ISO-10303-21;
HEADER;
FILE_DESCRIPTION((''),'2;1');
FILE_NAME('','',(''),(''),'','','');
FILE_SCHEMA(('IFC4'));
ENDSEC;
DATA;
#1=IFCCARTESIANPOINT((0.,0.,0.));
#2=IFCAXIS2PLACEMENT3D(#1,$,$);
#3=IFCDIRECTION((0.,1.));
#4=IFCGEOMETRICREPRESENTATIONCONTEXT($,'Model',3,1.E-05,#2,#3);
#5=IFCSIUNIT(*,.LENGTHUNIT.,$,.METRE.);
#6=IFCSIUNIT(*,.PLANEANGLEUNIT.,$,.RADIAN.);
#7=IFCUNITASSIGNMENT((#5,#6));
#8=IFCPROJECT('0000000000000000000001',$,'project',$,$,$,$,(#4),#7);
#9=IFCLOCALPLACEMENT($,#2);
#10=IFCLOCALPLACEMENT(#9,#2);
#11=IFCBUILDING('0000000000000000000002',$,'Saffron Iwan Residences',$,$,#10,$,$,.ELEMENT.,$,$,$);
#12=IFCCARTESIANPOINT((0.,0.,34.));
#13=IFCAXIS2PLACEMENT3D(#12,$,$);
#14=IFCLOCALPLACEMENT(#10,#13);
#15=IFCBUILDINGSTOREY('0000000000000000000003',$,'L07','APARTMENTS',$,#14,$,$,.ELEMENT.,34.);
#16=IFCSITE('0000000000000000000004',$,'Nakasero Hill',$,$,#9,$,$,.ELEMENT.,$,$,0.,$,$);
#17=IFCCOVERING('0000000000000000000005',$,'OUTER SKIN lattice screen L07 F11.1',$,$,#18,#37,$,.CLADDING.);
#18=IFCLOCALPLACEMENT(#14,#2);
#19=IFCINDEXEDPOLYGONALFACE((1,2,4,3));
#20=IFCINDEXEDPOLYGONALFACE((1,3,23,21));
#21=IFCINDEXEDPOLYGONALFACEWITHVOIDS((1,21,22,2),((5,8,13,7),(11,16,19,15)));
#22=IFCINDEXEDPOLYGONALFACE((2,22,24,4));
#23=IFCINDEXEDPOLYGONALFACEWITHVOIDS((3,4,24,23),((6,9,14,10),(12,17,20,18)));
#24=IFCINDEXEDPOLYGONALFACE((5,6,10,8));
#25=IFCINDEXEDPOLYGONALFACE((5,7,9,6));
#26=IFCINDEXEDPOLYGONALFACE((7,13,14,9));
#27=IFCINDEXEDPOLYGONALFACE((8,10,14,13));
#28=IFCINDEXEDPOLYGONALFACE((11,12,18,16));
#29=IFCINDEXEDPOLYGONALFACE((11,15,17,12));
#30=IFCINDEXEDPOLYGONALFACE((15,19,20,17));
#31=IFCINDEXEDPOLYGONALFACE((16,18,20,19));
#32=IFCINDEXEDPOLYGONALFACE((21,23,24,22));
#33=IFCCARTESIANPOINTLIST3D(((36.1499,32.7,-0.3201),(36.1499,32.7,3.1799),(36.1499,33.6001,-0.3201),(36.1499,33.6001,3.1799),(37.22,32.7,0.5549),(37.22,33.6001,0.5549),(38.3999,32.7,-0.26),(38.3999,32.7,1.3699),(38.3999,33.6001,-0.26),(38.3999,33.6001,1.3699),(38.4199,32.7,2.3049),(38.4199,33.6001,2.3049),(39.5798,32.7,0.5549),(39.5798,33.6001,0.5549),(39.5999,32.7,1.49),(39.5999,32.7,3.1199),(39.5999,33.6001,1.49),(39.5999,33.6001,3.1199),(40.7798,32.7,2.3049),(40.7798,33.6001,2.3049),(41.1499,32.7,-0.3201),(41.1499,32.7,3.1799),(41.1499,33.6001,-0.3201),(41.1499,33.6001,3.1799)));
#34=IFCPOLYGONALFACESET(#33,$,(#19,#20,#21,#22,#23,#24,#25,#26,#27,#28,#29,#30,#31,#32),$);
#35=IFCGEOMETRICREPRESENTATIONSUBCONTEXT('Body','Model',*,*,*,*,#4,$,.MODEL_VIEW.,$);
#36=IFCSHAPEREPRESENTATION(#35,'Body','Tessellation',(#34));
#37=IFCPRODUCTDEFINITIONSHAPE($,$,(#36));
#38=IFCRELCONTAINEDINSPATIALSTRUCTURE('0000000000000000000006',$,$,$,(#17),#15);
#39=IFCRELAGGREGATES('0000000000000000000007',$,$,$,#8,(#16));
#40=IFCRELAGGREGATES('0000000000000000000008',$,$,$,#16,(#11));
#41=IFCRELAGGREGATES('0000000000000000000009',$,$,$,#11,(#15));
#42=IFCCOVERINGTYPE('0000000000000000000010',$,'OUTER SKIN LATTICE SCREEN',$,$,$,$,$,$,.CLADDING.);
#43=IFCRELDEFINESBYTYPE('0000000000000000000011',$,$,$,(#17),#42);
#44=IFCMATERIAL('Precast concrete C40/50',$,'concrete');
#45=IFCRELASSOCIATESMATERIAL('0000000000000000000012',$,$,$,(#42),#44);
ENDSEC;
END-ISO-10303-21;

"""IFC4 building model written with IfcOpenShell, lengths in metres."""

from ifc_helpers import new_model, si_unit, direction, frame, origin, place, context, subcontext, project, spatial, polyline, outline, extrude, material, type_object, element, save


model = new_model("IFC4")

# Units and contexts
model_context = context("Model", 3, precision=1e-05, world=origin(), true_north=direction((0.0, 1.0)))
body_context = subcontext(model_context, "Body", "Model", "MODEL_VIEW")
ifc_project = project(units=[si_unit("LENGTHUNIT", "METRE"), si_unit("PLANEANGLEUNIT", "RADIAN")], contexts=[model_context])

# Site, building, storey
site_placement = place(None, origin())
site = spatial("IfcSite", under=ifc_project, at=site_placement, Name="Nakasero Hill", CompositionType="ELEMENT", RefElevation=0.0)
building_placement = place(site_placement, origin())
building = spatial("IfcBuilding", under=site, at=building_placement, Name="Saffron Iwan Residences", CompositionType="ELEMENT")
storey_placement = place(building_placement, frame((0.0, 0.0, 34.0)))
storey = spatial("IfcBuildingStorey", under=building, at=storey_placement, Name="L07", Description="APARTMENTS", CompositionType="ELEMENT", Elevation=34.0)

# Covering
ifc_material_1 = material(Name="Precast concrete C40/50", Category="concrete")
covering_type_1 = type_object("IfcCoveringType", Name="OUTER SKIN LATTICE SCREEN", PredefinedType="CLADDING", material=ifc_material_1)
covering_1_placement = place(storey_placement, frame((36.1499, 33.6001, -0.3201), z_axis=(0.0, -1.0, 0.0), x_axis=(1.0, 0.0, 0.0)))
element("IfcCovering", 1, at=covering_1_placement, inside=storey, type_object=covering_type_1, Name="OUTER SKIN lattice screen L07 F11.1", PredefinedType="CLADDING", context=body_context, shape_type="SweptSolid", body=[
    extrude(outline(polyline([(0.0, 0.0), (5.0, 0.0), (5.0, 3.5), (0.0, 3.5), (0.0, 0.0)]), holes=[polyline([(1.0701, 0.875), (2.25, 0.0601), (3.4299, 0.875), (2.25, 1.6899), (1.0701, 0.875)]), polyline([(2.27, 2.625), (3.45, 1.8101), (4.6299, 2.625), (3.45, 3.4399), (2.27, 2.625)])]), origin(), (0.0, 0.0, 1.0), 0.9001),
])

save(model, "model.ifc")
